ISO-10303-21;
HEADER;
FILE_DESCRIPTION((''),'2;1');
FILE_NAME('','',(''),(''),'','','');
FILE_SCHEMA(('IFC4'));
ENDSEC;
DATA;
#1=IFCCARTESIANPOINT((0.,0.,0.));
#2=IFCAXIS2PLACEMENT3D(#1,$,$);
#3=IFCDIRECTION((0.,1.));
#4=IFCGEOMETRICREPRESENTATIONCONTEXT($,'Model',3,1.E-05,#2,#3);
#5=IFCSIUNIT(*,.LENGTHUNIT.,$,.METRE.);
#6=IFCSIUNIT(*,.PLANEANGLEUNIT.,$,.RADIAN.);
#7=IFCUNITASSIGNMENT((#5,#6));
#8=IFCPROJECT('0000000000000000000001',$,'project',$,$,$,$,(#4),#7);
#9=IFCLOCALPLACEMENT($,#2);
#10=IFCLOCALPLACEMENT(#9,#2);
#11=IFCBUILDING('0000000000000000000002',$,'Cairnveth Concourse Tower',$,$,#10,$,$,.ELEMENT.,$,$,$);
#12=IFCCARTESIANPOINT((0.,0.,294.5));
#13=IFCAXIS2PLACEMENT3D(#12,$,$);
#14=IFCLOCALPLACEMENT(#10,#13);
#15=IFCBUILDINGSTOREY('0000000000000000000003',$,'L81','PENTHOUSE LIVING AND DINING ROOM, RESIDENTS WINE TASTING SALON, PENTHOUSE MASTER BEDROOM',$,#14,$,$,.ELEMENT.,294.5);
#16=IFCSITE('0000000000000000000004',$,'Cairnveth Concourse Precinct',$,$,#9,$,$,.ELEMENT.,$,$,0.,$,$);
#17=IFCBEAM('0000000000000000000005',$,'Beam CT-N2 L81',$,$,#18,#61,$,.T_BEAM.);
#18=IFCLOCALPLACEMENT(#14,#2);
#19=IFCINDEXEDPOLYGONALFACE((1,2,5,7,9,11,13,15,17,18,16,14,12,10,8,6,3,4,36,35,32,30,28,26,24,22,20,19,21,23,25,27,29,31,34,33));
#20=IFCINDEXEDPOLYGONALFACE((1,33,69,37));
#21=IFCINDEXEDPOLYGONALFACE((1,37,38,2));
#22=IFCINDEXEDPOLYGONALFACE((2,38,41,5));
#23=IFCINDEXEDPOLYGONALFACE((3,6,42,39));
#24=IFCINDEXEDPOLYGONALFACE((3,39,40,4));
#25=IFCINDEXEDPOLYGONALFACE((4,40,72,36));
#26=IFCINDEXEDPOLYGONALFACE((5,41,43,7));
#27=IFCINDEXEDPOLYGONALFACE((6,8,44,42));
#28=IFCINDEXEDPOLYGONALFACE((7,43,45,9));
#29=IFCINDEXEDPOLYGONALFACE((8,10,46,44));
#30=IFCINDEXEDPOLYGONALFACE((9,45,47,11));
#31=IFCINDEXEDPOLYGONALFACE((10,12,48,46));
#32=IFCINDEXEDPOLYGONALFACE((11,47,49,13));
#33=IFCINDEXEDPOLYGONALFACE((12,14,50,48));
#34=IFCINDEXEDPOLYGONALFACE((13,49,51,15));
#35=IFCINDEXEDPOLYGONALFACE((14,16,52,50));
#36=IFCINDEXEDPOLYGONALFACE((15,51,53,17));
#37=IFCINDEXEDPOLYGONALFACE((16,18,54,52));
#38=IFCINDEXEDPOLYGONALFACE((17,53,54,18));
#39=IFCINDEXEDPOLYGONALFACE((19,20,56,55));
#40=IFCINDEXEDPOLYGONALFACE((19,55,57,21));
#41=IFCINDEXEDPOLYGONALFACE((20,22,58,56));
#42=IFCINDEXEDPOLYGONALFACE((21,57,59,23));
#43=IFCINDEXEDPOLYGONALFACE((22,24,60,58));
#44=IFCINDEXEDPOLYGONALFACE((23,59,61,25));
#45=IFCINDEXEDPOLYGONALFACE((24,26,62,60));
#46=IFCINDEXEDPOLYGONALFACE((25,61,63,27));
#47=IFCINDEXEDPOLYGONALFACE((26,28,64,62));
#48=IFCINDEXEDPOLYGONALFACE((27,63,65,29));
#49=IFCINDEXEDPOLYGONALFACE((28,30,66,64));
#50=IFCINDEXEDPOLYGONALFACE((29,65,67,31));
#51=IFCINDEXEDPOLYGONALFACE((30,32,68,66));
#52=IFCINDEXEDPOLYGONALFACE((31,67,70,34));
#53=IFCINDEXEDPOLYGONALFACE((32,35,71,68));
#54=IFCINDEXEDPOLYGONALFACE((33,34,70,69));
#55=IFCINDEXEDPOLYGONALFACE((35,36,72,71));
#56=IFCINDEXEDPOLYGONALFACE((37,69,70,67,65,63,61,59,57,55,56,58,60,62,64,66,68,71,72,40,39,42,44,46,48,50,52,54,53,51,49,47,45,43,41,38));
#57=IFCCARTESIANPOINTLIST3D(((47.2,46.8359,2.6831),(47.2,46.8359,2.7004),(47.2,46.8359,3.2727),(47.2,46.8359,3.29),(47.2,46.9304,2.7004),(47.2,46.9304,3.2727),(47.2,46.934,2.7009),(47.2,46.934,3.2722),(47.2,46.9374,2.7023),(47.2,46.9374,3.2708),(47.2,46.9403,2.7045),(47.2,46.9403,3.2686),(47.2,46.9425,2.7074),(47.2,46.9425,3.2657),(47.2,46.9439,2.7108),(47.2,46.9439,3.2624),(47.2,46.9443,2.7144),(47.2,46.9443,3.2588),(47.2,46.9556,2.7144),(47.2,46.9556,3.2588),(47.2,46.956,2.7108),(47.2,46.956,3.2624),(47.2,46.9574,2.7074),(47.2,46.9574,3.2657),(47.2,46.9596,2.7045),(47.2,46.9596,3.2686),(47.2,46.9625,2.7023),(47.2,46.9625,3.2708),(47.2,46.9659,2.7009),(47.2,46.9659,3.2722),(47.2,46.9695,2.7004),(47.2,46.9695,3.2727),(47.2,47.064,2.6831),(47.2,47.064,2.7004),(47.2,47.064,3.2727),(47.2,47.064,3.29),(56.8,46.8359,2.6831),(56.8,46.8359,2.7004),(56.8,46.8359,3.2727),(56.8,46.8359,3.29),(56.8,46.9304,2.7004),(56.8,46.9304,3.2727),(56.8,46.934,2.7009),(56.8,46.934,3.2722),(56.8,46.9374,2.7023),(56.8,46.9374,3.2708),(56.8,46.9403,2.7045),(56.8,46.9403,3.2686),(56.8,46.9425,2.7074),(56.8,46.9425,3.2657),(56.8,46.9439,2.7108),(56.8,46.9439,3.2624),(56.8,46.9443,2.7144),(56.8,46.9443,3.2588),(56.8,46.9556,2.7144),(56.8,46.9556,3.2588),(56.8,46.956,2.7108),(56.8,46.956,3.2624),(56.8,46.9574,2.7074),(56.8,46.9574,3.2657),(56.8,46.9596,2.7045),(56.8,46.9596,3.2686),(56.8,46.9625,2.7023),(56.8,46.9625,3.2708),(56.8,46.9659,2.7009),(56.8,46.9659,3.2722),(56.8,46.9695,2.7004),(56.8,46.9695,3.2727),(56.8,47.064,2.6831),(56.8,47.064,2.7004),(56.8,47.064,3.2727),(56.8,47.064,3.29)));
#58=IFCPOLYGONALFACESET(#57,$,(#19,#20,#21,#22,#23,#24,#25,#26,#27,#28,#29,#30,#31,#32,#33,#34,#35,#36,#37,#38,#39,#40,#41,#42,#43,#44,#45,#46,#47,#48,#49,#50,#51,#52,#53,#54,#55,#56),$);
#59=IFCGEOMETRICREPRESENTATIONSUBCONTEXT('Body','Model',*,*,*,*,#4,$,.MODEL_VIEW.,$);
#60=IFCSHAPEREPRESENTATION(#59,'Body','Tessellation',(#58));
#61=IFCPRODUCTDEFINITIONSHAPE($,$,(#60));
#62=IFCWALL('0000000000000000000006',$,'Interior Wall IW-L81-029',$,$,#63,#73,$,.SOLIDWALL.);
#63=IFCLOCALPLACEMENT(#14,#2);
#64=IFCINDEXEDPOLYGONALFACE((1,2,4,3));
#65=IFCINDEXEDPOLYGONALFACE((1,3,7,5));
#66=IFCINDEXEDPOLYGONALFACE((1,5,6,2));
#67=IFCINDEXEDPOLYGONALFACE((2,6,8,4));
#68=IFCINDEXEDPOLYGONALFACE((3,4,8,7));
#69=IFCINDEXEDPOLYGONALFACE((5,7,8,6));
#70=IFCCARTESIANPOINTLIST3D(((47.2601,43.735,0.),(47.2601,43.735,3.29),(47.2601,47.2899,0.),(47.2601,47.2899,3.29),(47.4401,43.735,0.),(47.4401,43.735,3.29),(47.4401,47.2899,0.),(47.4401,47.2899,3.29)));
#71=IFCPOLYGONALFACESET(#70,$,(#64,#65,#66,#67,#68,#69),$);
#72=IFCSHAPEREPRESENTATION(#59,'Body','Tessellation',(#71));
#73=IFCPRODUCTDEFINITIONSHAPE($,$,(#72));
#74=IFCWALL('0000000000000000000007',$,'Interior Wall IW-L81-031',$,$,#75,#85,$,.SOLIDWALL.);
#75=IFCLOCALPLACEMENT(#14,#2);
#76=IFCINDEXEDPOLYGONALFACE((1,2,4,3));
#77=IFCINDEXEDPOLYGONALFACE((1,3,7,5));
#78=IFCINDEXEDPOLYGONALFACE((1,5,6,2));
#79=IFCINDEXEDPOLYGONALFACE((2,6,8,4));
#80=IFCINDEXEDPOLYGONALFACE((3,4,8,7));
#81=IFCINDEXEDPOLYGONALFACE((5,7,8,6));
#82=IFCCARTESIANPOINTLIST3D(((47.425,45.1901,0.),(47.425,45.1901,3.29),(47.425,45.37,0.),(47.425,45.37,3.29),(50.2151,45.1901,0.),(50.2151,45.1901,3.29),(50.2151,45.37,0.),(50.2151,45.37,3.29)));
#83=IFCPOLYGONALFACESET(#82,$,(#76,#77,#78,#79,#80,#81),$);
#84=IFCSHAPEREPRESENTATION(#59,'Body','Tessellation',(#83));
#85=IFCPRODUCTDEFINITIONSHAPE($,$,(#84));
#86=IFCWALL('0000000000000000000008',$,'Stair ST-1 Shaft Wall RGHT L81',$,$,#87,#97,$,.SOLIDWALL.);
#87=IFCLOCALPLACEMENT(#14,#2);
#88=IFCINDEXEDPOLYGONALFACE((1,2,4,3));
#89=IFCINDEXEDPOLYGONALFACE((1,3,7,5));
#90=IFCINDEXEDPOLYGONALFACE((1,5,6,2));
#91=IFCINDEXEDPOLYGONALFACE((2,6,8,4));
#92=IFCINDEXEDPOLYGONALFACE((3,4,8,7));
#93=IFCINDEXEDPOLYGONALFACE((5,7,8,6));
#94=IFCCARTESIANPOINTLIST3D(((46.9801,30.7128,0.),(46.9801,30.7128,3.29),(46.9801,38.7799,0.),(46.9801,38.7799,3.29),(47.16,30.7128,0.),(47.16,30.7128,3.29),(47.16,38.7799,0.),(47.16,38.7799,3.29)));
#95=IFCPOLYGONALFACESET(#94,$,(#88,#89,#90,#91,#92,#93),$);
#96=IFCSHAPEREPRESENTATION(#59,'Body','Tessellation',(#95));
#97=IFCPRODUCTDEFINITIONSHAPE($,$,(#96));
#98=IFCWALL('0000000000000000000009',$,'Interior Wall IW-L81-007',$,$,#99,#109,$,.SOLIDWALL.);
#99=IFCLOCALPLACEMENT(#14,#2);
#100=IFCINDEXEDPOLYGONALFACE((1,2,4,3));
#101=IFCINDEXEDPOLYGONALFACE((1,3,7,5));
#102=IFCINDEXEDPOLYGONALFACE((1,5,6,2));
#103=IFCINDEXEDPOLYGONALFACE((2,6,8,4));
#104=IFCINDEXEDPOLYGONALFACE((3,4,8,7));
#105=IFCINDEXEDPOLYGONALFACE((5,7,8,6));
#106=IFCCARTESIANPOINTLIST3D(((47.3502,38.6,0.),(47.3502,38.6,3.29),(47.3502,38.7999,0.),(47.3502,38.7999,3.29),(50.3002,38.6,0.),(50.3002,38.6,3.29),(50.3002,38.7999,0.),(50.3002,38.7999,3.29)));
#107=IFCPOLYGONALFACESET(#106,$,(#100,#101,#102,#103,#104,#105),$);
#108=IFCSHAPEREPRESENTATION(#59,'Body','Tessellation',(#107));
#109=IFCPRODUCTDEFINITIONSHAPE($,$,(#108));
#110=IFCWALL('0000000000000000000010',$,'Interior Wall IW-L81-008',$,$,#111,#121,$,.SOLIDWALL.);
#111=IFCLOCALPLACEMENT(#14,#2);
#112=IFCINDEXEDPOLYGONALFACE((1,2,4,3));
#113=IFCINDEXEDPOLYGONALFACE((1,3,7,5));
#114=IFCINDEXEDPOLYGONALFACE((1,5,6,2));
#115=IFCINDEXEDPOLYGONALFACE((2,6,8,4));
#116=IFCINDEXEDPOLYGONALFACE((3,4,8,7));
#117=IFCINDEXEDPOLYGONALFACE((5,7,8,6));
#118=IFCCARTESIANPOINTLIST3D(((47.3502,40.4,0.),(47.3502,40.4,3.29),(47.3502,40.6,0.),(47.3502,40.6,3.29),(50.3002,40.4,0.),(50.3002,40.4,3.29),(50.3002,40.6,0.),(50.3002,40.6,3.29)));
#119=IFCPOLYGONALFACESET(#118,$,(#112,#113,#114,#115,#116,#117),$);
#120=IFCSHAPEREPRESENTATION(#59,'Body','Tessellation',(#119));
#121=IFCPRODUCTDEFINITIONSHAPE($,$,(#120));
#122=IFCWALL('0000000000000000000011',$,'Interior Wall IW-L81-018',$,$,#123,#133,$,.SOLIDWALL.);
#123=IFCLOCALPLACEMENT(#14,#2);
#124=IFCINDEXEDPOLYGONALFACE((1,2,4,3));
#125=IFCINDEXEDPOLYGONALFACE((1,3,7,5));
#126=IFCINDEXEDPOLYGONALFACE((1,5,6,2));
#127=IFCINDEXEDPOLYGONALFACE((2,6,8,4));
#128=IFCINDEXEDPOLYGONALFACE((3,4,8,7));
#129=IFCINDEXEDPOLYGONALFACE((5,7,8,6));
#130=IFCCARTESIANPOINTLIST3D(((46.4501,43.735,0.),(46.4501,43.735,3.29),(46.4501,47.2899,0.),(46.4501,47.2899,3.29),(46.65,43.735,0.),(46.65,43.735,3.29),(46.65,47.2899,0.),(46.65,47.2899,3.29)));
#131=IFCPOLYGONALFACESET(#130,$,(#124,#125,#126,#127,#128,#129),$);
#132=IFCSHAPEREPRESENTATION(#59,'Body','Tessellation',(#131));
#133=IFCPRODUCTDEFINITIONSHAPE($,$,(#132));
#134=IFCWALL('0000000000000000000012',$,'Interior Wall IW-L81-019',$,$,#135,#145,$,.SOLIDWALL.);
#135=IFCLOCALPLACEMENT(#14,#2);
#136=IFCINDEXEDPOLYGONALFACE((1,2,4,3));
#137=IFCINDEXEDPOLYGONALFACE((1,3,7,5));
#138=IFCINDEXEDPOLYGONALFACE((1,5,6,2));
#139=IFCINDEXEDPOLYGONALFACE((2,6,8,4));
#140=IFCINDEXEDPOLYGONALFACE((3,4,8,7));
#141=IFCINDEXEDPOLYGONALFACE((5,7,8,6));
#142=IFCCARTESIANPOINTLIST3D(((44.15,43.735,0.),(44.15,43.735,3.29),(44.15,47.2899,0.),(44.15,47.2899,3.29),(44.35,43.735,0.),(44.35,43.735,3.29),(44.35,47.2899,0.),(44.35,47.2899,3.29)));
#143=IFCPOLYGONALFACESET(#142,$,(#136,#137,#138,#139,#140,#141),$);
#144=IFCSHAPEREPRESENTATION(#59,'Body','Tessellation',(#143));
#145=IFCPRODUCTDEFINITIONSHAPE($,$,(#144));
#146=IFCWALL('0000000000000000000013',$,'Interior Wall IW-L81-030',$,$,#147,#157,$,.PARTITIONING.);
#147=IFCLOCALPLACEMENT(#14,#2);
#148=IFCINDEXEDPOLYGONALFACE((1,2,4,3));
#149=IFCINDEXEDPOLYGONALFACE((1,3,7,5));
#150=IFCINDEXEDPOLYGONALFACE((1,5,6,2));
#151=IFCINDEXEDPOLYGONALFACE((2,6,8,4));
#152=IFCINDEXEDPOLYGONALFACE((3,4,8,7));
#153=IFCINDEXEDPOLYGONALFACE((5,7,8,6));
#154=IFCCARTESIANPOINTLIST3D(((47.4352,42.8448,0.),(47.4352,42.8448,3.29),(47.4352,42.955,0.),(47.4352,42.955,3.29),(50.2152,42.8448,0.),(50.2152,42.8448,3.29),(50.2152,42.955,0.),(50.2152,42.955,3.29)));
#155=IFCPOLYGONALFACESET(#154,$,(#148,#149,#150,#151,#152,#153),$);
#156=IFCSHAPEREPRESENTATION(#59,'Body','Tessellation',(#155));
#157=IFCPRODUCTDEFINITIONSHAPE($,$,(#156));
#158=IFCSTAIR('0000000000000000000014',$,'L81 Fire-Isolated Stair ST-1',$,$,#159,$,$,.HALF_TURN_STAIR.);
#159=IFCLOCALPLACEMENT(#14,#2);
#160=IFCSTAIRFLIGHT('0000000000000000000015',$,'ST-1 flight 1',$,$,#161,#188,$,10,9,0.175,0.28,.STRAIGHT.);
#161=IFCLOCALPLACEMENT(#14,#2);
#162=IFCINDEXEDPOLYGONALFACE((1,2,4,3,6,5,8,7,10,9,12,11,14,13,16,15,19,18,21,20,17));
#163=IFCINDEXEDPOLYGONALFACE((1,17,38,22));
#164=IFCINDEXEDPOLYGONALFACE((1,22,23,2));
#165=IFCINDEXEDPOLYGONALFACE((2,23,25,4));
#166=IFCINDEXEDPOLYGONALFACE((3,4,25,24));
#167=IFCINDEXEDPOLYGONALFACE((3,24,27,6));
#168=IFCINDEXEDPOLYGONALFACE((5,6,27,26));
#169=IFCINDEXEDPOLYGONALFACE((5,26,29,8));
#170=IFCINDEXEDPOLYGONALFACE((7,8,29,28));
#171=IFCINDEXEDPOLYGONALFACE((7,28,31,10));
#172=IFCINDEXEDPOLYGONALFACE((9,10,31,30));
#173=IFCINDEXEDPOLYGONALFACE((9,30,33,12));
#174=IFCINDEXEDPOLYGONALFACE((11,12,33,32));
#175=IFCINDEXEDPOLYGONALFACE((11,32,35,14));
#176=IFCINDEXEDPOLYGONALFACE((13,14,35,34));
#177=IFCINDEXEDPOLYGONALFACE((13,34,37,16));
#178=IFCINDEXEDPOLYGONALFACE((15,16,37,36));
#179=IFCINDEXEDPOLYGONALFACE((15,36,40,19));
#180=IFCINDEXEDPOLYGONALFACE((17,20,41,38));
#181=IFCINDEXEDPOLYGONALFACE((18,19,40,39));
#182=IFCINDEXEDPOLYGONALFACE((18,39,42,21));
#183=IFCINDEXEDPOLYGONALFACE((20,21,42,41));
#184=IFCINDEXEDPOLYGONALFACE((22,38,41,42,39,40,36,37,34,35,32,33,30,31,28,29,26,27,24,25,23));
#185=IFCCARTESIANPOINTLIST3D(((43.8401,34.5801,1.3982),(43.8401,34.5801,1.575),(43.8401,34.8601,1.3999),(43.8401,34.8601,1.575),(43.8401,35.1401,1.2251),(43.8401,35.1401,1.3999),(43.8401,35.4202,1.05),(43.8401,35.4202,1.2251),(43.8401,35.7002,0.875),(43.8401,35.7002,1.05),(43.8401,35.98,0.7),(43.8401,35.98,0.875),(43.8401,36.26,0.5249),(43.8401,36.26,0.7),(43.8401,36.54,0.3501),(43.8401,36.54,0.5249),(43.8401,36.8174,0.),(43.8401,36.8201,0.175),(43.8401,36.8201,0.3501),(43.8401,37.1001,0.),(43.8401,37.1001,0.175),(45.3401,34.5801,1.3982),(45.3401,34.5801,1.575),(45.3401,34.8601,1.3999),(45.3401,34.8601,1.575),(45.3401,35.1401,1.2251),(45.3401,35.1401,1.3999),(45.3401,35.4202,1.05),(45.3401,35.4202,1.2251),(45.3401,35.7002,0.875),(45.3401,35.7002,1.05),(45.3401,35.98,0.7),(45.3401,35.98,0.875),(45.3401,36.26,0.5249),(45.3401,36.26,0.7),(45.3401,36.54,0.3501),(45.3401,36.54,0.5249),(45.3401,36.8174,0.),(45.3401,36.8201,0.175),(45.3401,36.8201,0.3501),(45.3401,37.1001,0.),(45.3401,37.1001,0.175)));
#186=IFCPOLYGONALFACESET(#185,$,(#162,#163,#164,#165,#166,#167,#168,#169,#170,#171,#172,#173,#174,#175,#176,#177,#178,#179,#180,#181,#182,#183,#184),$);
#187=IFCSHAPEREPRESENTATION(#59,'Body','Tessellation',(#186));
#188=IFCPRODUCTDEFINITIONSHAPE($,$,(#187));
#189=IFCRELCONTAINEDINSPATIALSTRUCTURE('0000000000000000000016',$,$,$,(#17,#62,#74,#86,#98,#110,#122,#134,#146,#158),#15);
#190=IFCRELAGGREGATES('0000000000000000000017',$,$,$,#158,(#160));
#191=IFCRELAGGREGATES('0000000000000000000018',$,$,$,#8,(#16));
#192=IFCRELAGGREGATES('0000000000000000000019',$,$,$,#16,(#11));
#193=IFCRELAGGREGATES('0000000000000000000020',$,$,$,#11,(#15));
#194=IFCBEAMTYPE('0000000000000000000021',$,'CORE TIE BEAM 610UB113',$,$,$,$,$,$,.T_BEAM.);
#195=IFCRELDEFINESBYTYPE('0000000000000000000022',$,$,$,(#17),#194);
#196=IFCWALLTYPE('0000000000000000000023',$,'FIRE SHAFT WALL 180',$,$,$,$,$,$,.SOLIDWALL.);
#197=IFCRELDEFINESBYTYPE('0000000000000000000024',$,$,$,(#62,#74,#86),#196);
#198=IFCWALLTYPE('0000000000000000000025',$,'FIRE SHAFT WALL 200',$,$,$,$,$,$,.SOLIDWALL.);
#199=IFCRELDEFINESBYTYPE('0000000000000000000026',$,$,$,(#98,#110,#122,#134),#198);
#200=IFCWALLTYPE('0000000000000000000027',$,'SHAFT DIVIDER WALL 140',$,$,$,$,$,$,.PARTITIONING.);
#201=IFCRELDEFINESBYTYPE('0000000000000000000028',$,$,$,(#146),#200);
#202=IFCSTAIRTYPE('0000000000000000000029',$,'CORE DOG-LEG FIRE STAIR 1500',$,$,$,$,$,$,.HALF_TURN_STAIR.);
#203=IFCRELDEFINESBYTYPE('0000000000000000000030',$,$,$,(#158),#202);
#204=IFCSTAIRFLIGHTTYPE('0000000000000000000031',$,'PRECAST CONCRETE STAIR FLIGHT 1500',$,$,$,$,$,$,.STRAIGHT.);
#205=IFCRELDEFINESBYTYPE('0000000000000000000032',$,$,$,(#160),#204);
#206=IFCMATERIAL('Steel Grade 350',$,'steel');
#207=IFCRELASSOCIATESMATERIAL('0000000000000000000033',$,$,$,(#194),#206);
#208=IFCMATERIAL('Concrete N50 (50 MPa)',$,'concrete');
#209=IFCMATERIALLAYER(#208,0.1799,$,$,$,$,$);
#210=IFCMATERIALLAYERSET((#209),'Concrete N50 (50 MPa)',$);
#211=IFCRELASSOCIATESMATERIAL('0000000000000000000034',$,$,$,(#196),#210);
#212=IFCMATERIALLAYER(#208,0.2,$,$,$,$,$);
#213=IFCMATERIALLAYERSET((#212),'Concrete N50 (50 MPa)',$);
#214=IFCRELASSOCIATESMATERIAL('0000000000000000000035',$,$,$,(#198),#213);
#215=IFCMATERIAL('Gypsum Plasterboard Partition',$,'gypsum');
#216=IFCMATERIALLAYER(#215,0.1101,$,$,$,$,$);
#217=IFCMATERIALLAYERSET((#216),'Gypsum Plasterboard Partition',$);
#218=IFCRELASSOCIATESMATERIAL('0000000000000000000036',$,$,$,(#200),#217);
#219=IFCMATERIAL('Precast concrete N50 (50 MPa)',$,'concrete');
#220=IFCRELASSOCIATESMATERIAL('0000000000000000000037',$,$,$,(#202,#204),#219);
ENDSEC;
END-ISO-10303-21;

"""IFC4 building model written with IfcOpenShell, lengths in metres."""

from ifc_helpers import new_model, si_unit, direction, frame, frame_2d, origin, origin_2d, place, context, subcontext, project, spatial, polyline, rectangle, i_section, outline, extrude, material, layer, layer_set, material_profile, profile_set, type_object, element, aggregate, save


model = new_model("IFC4")

# Units and contexts
model_context = context("Model", 3, precision=1e-05, world=origin(), true_north=direction((0.0, 1.0)))
body_context = subcontext(model_context, "Body", "Model", "MODEL_VIEW")
ifc_project = project(units=[si_unit("LENGTHUNIT", "METRE"), si_unit("PLANEANGLEUNIT", "RADIAN")], contexts=[model_context])

# Site, building, storey
site_placement = place(None, origin())
site = spatial("IfcSite", under=ifc_project, at=site_placement, Name="Cairnveth Concourse Precinct", CompositionType="ELEMENT", RefElevation=0.0)
building_placement = place(site_placement, origin())
building = spatial("IfcBuilding", under=site, at=building_placement, Name="Cairnveth Concourse Tower", CompositionType="ELEMENT")
storey_placement = place(building_placement, frame((0.0, 0.0, 294.5)))
storey = spatial("IfcBuildingStorey", under=building, at=storey_placement, Name="L81", Description="PENTHOUSE LIVING AND DINING ROOM, RESIDENTS WINE TASTING SALON, PENTHOUSE MASTER BEDROOM", CompositionType="ELEMENT", Elevation=294.5)

# Beam
ifc_material_1 = material(Name="Steel Grade 350", Category="steel")
ifc_material_profile = material_profile(ifc_material_1, i_section(OverallWidth=0.228, OverallDepth=0.6069, WebThickness=0.0112, FlangeThickness=0.0173, FilletRadius=0.0139, at=origin_2d()), Name="610UB113")
ifc_profile_set = profile_set([ifc_material_profile], Name="Steel Grade 350")
beam_type = type_object("IfcBeamType", Name="CORE TIE BEAM 610UB113", PredefinedType="T_BEAM", material=ifc_profile_set)
beam_placement = place(storey_placement, frame((47.2, 46.95, 2.9866), z_axis=(1.0, 0.0, 0.0), x_axis=(0.0, 1.0, 0.0)))
element("IfcBeam", 1, at=beam_placement, inside=storey, type_object=beam_type, Name="Beam CT-N2 L81", PredefinedType="T_BEAM", context=body_context, shape_type="SweptSolid", body=[
    extrude(i_section(OverallWidth=0.228, OverallDepth=0.6069, WebThickness=0.0112, FlangeThickness=0.0173, FilletRadius=0.0139, at=origin_2d()), origin(), (0.0, 0.0, 1.0), 9.6001),
])

# Walls
ifc_material_2 = material(Name="Concrete N50 (50 MPa)", Category="concrete")
ifc_layer_1 = layer(ifc_material_2, 0.1799)
ifc_layer_set_1 = layer_set([ifc_layer_1], Name="Concrete N50 (50 MPa)")
wall_type_1 = type_object("IfcWallType", Name="FIRE SHAFT WALL 180", PredefinedType="SOLIDWALL", material=ifc_layer_set_1)
wall_1_placement = place(storey_placement, frame((47.3501, 43.7351, 0.0), z_axis=(0.0, 0.0, 1.0), x_axis=(0.0, 1.0, 0.0)))
element("IfcWall", 2, at=wall_1_placement, inside=storey, type_object=wall_type_1, Name="Interior Wall IW-L81-029", PredefinedType="SOLIDWALL", context=body_context, shape_type="SweptSolid", body=[
    extrude(rectangle(XDim=3.5549, YDim=0.1799, at=frame_2d((1.7773, 0.0))), origin(), (0.0, 0.0, 1.0), 3.29),
])
wall_2_placement = place(storey_placement, frame((47.425, 45.28, 0.0), z_axis=(0.0, 0.0, 1.0), x_axis=(1.0, 0.0, 0.0)))
element("IfcWall", 3, at=wall_2_placement, inside=storey, type_object=wall_type_1, Name="Interior Wall IW-L81-031", PredefinedType="SOLIDWALL", context=body_context, shape_type="SweptSolid", body=[
    extrude(rectangle(XDim=2.79, YDim=0.1799, at=frame_2d((1.395, 0.0))), origin(), (0.0, 0.0, 1.0), 3.29),
])

# Walls
wall_3_placement = place(storey_placement, frame((47.0701, 38.78, 0.0), z_axis=(0.0, 0.0, 1.0), x_axis=(0.0, -1.0, 0.0)))
element("IfcWall", 4, at=wall_3_placement, inside=storey, type_object=wall_type_1, Name="Stair ST-1 Shaft Wall RGHT L81", PredefinedType="SOLIDWALL", context=body_context, shape_type="SweptSolid", body=[
    extrude(rectangle(XDim=8.0671, YDim=0.1799, at=frame_2d((4.0337, 0.0))), origin(), (0.0, 0.0, 1.0), 3.29),
])
ifc_layer_2 = layer(ifc_material_2, 0.2)
ifc_layer_set_2 = layer_set([ifc_layer_2], Name="Concrete N50 (50 MPa)")
wall_type_2 = type_object("IfcWallType", Name="FIRE SHAFT WALL 200", PredefinedType="SOLIDWALL", material=ifc_layer_set_2)
for number, where, z_axis, x_axis, name in (
    (5, (47.3501, 38.7, 0.0), (0.0, 0.0, 1.0), (1.0, 0.0, 0.0), "Interior Wall IW-L81-007"),
    (6, (47.3501, 40.5, 0.0), (0.0, 0.0, 1.0), (1.0, 0.0, 0.0), "Interior Wall IW-L81-008"),
):
    element("IfcWall", number, at=place(storey_placement, frame(where, z_axis=z_axis, x_axis=x_axis)), inside=storey, type_object=wall_type_2, Name=name, PredefinedType="SOLIDWALL", context=body_context, shape_type="SweptSolid", body=[
        extrude(rectangle(XDim=2.95, YDim=0.2, at=frame_2d((1.4751, 0.0))), origin(), (0.0, 0.0, 1.0), 3.29),
    ])

# Walls
for number, where, z_axis, x_axis, name in (
    (7, (46.55, 43.7351, 0.0), (0.0, 0.0, 1.0), (0.0, 1.0, 0.0), "Interior Wall IW-L81-018"),
    (8, (44.25, 43.7351, 0.0), (0.0, 0.0, 1.0), (0.0, 1.0, 0.0), "Interior Wall IW-L81-019"),
):
    element("IfcWall", number, at=place(storey_placement, frame(where, z_axis=z_axis, x_axis=x_axis)), inside=storey, type_object=wall_type_2, Name=name, PredefinedType="SOLIDWALL", context=body_context, shape_type="SweptSolid", body=[
        extrude(rectangle(XDim=3.5549, YDim=0.2, at=frame_2d((1.7773, 0.0))), origin(), (0.0, 0.0, 1.0), 3.29),
    ])
ifc_material_3 = material(Name="Gypsum Plasterboard Partition", Category="gypsum")
ifc_layer_3 = layer(ifc_material_3, 0.1101)
ifc_layer_set_3 = layer_set([ifc_layer_3], Name="Gypsum Plasterboard Partition")
wall_type_3 = type_object("IfcWallType", Name="SHAFT DIVIDER WALL 140", PredefinedType="PARTITIONING", material=ifc_layer_set_3)
wall_4_placement = place(storey_placement, frame((47.4351, 42.8999, 0.0), z_axis=(0.0, 0.0, 1.0), x_axis=(1.0, 0.0, 0.0)))
element("IfcWall", 9, at=wall_4_placement, inside=storey, type_object=wall_type_3, Name="Interior Wall IW-L81-030", PredefinedType="PARTITIONING", context=body_context, shape_type="SweptSolid", body=[
    extrude(rectangle(XDim=2.78, YDim=0.1101, at=frame_2d((1.3901, 0.0))), origin(), (0.0, 0.0, 1.0), 3.29),
])

# Stair, stair flight
ifc_material_4 = material(Name="Precast concrete N50 (50 MPa)", Category="concrete")
stair_type = type_object("IfcStairType", Name="CORE DOG-LEG FIRE STAIR 1500", PredefinedType="HALF_TURN_STAIR", material=ifc_material_4)
stair_placement = place(storey_placement, origin())
stair = element("IfcStair", 10, at=stair_placement, inside=storey, type_object=stair_type, Name="L81 Fire-Isolated Stair ST-1", PredefinedType="HALF_TURN_STAIR")
stair_flight_type = type_object("IfcStairFlightType", Name="PRECAST CONCRETE STAIR FLIGHT 1500", PredefinedType="STRAIGHT", material=ifc_material_4)
stair_flight_placement = place(storey_placement, frame((44.5901, 37.1001, 0.0), z_axis=(0.0, 0.0, 1.0), x_axis=(0.0, -1.0, 0.0)))
stair_flight = element("IfcStairFlight", 11, at=stair_flight_placement, type_object=stair_flight_type, Name="ST-1 flight 1", NumberOfRisers=10, NumberOfTreads=9, PredefinedType="STRAIGHT", RiserHeight=0.175, TreadLength=0.28, context=body_context, shape_type="SweptSolid", body=[
    extrude(outline(polyline([(0.0, 0.0), (0.0, 0.175), (0.28, 0.175), (0.28, 0.3501), (0.5601, 0.3501), (0.5601, 0.5249), (0.8401, 0.5249), (0.8401, 0.7), (1.1201, 0.7), (1.1201, 0.875), (1.3999, 0.875), (1.3999, 1.05), (1.6799, 1.05), (1.6799, 1.2251), (1.96, 1.2251), (1.96, 1.3999), (2.24, 1.3999), (2.24, 1.575), (2.52, 1.575), (2.52, 1.75), (2.52, 1.3982), (0.2827, 0.0), (0.0, 0.0)])), frame((0.0, 0.75, 0.0), z_axis=(0.0, -1.0, 0.0), x_axis=(1.0, 0.0, 0.0)), (0.0, 0.0, 1.0), 1.5),
])
aggregate(stair, [stair_flight])

save(model, "model.ifc")
